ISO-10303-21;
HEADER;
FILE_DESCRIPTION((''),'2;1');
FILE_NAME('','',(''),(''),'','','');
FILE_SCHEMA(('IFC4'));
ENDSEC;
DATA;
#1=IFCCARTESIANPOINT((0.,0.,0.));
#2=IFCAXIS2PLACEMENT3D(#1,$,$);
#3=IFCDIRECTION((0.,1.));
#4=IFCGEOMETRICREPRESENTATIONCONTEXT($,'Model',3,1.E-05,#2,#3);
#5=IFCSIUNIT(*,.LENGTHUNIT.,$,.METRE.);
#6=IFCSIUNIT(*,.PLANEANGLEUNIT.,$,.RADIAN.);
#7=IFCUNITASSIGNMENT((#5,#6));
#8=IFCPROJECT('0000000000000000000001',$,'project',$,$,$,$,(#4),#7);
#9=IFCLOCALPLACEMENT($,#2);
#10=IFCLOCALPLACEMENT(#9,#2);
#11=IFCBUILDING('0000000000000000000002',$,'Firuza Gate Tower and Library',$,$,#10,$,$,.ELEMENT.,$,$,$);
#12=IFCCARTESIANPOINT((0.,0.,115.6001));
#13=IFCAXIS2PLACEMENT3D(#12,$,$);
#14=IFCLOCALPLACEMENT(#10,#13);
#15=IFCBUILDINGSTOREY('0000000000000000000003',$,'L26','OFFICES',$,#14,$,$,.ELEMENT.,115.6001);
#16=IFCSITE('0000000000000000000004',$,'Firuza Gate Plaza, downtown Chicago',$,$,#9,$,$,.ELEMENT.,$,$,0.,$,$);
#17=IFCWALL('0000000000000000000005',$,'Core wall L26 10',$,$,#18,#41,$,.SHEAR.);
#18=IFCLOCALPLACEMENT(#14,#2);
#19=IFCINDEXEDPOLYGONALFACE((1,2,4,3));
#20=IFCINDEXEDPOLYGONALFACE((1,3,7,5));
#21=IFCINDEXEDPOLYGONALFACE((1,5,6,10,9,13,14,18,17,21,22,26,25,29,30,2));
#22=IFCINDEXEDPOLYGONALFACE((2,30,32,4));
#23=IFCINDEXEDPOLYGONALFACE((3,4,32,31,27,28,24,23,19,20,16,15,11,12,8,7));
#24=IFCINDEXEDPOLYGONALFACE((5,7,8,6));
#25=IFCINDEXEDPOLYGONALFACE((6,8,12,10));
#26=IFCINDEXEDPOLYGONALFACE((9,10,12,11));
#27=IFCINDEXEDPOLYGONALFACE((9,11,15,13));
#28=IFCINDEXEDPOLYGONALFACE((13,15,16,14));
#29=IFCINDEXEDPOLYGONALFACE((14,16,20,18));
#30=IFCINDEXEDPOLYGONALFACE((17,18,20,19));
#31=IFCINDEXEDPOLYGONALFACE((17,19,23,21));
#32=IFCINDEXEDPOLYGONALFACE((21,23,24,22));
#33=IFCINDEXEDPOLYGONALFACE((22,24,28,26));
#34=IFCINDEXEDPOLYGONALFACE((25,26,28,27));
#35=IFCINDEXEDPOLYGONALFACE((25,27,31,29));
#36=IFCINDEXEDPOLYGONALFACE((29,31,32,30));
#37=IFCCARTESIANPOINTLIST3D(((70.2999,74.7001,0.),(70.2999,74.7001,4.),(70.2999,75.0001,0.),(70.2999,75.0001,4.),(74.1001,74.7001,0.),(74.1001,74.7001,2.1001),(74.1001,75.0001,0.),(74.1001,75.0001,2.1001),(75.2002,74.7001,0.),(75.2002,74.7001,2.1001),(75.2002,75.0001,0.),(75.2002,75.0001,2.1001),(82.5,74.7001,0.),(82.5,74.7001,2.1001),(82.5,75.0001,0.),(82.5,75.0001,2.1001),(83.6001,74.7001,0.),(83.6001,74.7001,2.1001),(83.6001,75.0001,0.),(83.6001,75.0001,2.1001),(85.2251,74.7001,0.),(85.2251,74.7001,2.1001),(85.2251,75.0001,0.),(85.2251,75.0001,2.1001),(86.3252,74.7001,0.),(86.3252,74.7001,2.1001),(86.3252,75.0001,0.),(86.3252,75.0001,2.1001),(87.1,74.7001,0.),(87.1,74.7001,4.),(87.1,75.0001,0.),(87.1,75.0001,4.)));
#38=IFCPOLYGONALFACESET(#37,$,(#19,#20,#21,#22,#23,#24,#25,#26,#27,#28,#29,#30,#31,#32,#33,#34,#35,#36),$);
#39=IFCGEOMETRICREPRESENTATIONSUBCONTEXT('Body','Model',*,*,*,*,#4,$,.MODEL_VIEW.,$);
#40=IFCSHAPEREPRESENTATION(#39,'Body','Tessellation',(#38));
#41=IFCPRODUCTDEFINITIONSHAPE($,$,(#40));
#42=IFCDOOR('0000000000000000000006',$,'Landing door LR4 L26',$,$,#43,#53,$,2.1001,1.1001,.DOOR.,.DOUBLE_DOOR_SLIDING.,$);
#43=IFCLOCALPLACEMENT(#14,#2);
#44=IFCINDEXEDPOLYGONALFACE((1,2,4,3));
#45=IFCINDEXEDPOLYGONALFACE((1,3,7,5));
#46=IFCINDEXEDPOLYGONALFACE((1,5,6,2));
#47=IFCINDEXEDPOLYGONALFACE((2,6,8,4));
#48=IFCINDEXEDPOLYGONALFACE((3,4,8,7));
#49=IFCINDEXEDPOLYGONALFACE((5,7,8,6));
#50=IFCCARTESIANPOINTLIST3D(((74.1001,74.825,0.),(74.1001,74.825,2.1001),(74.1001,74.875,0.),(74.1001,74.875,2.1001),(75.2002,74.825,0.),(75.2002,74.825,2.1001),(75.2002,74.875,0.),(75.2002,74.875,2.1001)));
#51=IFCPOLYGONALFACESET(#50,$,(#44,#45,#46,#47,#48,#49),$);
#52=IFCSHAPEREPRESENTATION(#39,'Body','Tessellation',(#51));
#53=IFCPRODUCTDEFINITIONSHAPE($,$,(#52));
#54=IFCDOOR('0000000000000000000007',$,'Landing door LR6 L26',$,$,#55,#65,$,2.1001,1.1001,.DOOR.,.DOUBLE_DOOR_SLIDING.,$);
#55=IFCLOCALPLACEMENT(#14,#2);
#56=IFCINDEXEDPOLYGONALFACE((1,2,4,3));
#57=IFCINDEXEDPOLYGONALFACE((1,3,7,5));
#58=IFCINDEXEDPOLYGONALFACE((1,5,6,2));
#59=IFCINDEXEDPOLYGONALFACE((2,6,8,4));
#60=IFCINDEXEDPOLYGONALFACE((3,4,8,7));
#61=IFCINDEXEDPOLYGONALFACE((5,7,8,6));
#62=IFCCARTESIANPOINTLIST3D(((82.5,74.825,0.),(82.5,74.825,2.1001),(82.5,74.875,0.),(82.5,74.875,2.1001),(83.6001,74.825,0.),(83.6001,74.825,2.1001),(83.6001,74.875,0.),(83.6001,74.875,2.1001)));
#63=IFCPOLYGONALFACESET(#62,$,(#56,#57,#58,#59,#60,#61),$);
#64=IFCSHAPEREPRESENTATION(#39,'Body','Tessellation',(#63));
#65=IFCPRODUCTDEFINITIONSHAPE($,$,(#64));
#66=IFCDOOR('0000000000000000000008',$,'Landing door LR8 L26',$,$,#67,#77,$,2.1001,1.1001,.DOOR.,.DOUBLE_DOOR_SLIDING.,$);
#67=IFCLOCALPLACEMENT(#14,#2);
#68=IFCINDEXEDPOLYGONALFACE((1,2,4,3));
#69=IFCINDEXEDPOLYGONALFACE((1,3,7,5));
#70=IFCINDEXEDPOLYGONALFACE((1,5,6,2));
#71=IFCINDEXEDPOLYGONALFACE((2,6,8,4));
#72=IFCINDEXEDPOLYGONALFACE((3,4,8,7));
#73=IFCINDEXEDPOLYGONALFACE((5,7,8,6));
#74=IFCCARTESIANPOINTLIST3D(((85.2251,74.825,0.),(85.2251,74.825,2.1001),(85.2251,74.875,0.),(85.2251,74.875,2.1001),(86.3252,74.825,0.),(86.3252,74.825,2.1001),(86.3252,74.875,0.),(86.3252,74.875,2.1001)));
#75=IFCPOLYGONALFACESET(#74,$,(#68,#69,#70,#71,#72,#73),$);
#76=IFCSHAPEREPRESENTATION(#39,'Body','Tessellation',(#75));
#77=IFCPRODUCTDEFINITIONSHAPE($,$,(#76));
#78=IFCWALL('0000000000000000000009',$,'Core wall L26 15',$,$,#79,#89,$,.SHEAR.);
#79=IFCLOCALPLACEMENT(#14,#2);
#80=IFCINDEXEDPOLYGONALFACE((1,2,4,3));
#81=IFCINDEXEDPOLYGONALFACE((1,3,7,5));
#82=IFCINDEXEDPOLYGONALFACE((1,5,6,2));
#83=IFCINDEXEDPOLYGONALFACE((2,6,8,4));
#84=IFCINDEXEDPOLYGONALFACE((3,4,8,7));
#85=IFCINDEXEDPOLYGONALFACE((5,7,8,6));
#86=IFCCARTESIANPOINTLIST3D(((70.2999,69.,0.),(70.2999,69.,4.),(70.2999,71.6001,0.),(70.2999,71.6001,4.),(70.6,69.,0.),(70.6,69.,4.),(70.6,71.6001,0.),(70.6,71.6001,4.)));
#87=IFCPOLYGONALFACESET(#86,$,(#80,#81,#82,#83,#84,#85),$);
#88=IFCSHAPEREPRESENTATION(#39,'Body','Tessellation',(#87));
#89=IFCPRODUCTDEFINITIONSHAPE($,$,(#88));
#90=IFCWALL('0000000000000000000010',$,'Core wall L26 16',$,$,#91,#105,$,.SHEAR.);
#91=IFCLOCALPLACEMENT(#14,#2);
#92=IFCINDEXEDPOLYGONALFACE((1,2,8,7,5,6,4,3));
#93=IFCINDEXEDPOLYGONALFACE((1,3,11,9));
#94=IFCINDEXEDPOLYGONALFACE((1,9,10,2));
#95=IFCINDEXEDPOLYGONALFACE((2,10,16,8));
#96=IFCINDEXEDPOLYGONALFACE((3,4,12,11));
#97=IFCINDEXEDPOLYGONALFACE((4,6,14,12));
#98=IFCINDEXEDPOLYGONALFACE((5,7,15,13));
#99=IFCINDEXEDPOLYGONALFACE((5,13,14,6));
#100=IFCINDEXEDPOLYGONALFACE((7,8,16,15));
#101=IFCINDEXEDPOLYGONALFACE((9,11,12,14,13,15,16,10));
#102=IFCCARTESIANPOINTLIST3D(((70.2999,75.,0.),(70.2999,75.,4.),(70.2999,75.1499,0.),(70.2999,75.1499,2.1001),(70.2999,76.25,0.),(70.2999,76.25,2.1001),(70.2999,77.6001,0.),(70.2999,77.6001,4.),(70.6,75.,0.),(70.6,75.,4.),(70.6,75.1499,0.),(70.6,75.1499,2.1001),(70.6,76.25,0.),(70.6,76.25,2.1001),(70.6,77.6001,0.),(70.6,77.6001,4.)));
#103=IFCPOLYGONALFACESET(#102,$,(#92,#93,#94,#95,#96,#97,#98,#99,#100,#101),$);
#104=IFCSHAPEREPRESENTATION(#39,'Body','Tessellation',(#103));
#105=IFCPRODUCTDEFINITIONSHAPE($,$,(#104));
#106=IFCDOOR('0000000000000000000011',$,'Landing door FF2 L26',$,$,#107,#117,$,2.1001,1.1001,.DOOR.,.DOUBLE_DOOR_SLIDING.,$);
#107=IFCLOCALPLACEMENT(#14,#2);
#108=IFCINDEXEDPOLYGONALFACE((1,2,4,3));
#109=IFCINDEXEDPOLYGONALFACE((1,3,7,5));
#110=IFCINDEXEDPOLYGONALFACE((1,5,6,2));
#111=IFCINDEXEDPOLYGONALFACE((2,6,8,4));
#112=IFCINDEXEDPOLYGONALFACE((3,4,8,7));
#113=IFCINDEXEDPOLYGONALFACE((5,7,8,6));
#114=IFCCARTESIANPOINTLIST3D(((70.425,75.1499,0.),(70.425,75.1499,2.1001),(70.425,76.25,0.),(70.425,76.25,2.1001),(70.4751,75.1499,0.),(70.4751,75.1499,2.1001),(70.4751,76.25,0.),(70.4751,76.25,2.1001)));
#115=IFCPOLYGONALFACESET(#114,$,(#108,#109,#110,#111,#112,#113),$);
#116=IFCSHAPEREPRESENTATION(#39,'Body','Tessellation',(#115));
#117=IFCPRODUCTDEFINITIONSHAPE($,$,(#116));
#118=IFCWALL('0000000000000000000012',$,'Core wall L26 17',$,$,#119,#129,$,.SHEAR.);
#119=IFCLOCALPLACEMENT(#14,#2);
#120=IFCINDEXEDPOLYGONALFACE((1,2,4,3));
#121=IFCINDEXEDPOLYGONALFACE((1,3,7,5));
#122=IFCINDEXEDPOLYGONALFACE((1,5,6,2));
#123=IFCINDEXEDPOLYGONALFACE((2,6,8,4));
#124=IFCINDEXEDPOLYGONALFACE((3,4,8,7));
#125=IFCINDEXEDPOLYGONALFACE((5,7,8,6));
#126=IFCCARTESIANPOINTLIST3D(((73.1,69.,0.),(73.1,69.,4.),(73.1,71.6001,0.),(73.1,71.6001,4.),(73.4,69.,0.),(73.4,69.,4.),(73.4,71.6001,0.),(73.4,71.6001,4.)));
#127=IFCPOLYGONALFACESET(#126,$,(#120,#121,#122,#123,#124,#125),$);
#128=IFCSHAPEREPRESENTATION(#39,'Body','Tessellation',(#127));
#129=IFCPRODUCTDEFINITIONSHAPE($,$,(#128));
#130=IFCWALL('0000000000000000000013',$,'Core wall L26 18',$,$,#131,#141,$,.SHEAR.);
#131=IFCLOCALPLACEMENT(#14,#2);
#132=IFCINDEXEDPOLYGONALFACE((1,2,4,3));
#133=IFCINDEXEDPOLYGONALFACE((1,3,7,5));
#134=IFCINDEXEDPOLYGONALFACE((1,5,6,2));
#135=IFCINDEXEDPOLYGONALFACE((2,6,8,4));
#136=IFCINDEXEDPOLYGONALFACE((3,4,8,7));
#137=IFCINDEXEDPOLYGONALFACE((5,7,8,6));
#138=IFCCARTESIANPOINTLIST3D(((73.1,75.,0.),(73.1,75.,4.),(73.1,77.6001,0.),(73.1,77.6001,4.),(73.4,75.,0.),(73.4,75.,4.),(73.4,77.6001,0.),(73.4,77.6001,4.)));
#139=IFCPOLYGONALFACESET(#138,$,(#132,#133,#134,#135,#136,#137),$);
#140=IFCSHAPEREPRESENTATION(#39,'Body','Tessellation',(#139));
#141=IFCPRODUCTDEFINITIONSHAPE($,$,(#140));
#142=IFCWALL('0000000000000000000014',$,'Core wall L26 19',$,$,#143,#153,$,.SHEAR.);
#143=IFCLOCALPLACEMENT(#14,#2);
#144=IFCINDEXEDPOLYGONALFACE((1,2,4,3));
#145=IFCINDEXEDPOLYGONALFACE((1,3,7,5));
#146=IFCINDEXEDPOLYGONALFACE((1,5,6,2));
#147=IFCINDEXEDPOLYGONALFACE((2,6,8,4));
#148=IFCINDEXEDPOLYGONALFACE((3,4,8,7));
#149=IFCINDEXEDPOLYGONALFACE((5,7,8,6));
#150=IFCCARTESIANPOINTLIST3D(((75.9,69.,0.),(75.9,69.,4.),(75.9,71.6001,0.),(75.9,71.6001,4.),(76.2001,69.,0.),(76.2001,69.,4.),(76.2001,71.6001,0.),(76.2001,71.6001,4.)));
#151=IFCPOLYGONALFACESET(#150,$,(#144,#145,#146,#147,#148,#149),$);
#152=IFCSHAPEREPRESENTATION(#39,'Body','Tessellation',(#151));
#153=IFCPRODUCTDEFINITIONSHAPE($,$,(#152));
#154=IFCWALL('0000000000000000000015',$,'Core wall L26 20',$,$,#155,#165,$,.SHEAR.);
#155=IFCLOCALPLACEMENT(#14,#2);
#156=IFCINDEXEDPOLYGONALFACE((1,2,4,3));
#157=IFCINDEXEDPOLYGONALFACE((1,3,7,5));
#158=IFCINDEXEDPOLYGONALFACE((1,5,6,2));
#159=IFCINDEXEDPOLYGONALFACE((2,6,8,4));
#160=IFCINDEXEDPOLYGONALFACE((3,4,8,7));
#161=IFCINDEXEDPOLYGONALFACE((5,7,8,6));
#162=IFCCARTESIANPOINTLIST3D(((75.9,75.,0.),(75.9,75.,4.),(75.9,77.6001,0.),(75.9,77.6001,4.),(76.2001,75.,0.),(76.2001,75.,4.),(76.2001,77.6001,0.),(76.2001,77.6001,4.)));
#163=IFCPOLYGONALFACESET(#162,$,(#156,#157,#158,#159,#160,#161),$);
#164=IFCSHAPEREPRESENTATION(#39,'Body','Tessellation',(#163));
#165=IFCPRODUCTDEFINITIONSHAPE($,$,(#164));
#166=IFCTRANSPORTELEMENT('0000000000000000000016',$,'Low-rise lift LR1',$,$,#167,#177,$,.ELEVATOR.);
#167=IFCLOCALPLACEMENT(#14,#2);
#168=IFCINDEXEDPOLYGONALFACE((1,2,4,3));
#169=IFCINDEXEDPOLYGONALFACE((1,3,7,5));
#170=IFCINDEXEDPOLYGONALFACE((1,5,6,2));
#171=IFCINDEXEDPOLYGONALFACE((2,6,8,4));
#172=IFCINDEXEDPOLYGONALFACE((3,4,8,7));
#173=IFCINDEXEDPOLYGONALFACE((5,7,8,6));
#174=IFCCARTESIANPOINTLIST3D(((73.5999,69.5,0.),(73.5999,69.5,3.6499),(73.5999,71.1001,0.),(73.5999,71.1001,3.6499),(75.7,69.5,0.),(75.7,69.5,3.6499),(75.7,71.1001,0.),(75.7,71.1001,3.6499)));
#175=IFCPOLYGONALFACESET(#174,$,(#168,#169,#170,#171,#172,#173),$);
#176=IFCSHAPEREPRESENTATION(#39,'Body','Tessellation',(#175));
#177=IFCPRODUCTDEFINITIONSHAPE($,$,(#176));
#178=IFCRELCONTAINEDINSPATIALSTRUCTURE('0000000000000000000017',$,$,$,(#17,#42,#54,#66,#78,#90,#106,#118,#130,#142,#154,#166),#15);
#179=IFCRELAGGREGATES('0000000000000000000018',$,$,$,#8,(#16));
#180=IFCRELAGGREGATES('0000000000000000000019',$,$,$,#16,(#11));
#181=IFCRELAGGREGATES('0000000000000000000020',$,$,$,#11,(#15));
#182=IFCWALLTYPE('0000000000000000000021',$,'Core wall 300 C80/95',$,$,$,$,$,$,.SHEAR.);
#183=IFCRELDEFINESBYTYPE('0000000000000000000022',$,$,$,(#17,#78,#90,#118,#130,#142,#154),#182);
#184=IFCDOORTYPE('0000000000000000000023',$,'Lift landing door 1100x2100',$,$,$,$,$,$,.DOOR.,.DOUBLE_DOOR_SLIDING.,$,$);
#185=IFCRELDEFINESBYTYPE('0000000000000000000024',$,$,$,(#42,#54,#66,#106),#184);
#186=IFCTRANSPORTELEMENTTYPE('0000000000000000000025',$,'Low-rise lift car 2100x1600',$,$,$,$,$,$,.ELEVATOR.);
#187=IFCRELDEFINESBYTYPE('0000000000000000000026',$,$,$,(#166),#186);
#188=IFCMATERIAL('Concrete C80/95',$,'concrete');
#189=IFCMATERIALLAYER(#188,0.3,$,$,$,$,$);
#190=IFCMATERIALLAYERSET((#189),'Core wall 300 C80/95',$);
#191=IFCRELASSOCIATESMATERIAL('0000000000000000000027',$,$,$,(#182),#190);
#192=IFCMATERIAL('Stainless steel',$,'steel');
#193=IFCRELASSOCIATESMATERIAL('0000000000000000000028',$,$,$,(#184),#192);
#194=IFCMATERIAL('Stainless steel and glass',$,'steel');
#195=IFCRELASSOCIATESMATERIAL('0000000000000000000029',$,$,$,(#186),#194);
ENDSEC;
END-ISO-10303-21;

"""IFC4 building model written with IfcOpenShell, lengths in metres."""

from ifc_helpers import new_model, si_unit, direction, frame, frame_2d, origin, origin_2d, place, context, subcontext, project, spatial, rectangle, extrude, material, layer, layer_set, type_object, element, fill, save


model = new_model("IFC4")

# Units and contexts
model_context = context("Model", 3, precision=1e-05, world=origin(), true_north=direction((0.0, 1.0)))
body_context = subcontext(model_context, "Body", "Model", "MODEL_VIEW")
ifc_project = project(units=[si_unit("LENGTHUNIT", "METRE"), si_unit("PLANEANGLEUNIT", "RADIAN")], contexts=[model_context])

# Site, building, storey
site_placement = place(None, origin())
site = spatial("IfcSite", under=ifc_project, at=site_placement, Name="Firuza Gate Plaza, downtown Chicago", CompositionType="ELEMENT", RefElevation=0.0)
building_placement = place(site_placement, origin())
building = spatial("IfcBuilding", under=site, at=building_placement, Name="Firuza Gate Tower and Library", CompositionType="ELEMENT")
storey_placement = place(building_placement, frame((0.0, 0.0, 115.6001)))
storey = spatial("IfcBuildingStorey", under=building, at=storey_placement, Name="L26", Description="OFFICES", CompositionType="ELEMENT", Elevation=115.6001)

# Shared definitions
ifc_material_1 = material(Name="Concrete C80/95", Category="concrete")
ifc_layer_1 = layer(ifc_material_1, 0.3)
ifc_layer_set_1 = layer_set([ifc_layer_1], Name="Core wall 300 C80/95")
wall_type_1 = type_object("IfcWallType", Name="Core wall 300 C80/95", PredefinedType="SHEAR", material=ifc_layer_set_1)

# Wall, openings, doors
ifc_material_2 = material(Name="Stainless steel", Category="steel")
door_type_1 = type_object("IfcDoorType", Name="Lift landing door 1100x2100", OperationType="DOUBLE_DOOR_SLIDING", PredefinedType="DOOR", material=ifc_material_2)
wall_1_placement = place(storey_placement, frame((70.3, 74.8501, 0.0), z_axis=(0.0, 0.0, 1.0), x_axis=(1.0, 0.0, 0.0)))
wall_1 = element("IfcWall", 1, at=wall_1_placement, inside=storey, type_object=wall_type_1, Name="Core wall L26 10", PredefinedType="SHEAR", context=body_context, shape_type="SweptSolid", body=[
    extrude(rectangle(XDim=16.8, YDim=0.3, at=frame_2d((8.3999, 0.0))), origin(), (0.0, 0.0, 1.0), 4.0),
])
opening_1_placement = place(wall_1_placement, frame((3.8, 0.0, 0.0)))
opening_1 = element("IfcOpeningElement", 2, at=opening_1_placement, cuts=wall_1, PredefinedType="OPENING", context=body_context, shape_type="SweptSolid", body=[
    extrude(rectangle(XDim=1.1001, YDim=2.1001, at=frame_2d((0.55, 1.05))), frame((0.0, 0.1602, 0.0), z_axis=(0.0, -1.0, 0.0), x_axis=(1.0, 0.0, 0.0)), (0.0, 0.0, 1.0), 0.3201),
])
opening_2_placement = place(wall_1_placement, frame((12.2, 0.0, 0.0)))
opening_2 = element("IfcOpeningElement", 3, at=opening_2_placement, cuts=wall_1, PredefinedType="OPENING", context=body_context, shape_type="SweptSolid", body=[
    extrude(rectangle(XDim=1.1001, YDim=2.1001, at=frame_2d((0.55, 1.05))), frame((0.0, 0.1602, 0.0), z_axis=(0.0, -1.0, 0.0), x_axis=(1.0, 0.0, 0.0)), (0.0, 0.0, 1.0), 0.3201),
])
opening_3_placement = place(wall_1_placement, frame((14.925, 0.0, 0.0)))
opening_3 = element("IfcOpeningElement", 4, at=opening_3_placement, cuts=wall_1, PredefinedType="OPENING", context=body_context, shape_type="SweptSolid", body=[
    extrude(rectangle(XDim=1.1001, YDim=2.1001, at=frame_2d((0.55, 1.05))), frame((0.0, 0.1602, 0.0), z_axis=(0.0, -1.0, 0.0), x_axis=(1.0, 0.0, 0.0)), (0.0, 0.0, 1.0), 0.3201),
])
door_1_placement = place(opening_1_placement, origin())
door_1 = element("IfcDoor", 5, at=door_1_placement, inside=storey, type_object=door_type_1, Name="Landing door LR4 L26", OperationType="DOUBLE_DOOR_SLIDING", OverallHeight=2.1001, OverallWidth=1.1001, PredefinedType="DOOR", context=body_context, shape_type="SweptSolid", body=[
    extrude(rectangle(XDim=1.1001, YDim=2.1001, at=frame_2d((0.55, 1.05))), frame((0.0, 0.0249, 0.0), z_axis=(0.0, -1.0, 0.0), x_axis=(1.0, 0.0, 0.0)), (0.0, 0.0, 1.0), 0.05),
])
fill(opening_1, door_1)
door_2_placement = place(opening_2_placement, origin())
door_2 = element("IfcDoor", 6, at=door_2_placement, inside=storey, type_object=door_type_1, Name="Landing door LR6 L26", OperationType="DOUBLE_DOOR_SLIDING", OverallHeight=2.1001, OverallWidth=1.1001, PredefinedType="DOOR", context=body_context, shape_type="SweptSolid", body=[
    extrude(rectangle(XDim=1.1001, YDim=2.1001, at=frame_2d((0.55, 1.05))), frame((0.0, 0.0249, 0.0), z_axis=(0.0, -1.0, 0.0), x_axis=(1.0, 0.0, 0.0)), (0.0, 0.0, 1.0), 0.05),
])
fill(opening_2, door_2)
door_3_placement = place(opening_3_placement, origin())
door_3 = element("IfcDoor", 7, at=door_3_placement, inside=storey, type_object=door_type_1, Name="Landing door LR8 L26", OperationType="DOUBLE_DOOR_SLIDING", OverallHeight=2.1001, OverallWidth=1.1001, PredefinedType="DOOR", context=body_context, shape_type="SweptSolid", body=[
    extrude(rectangle(XDim=1.1001, YDim=2.1001, at=frame_2d((0.55, 1.05))), frame((0.0, 0.0249, 0.0), z_axis=(0.0, -1.0, 0.0), x_axis=(1.0, 0.0, 0.0)), (0.0, 0.0, 1.0), 0.05),
])
fill(opening_3, door_3)

# Wall
wall_2_placement = place(storey_placement, frame((70.45, 69.0, 0.0), z_axis=(0.0, 0.0, 1.0), x_axis=(0.0, 1.0, 0.0)))
element("IfcWall", 8, at=wall_2_placement, inside=storey, type_object=wall_type_1, Name="Core wall L26 15", PredefinedType="SHEAR", context=body_context, shape_type="SweptSolid", body=[
    extrude(rectangle(XDim=2.6001, YDim=0.3, at=frame_2d((1.3, 0.0))), origin(), (0.0, 0.0, 1.0), 4.0),
])

# Wall, opening, door
wall_3_placement = place(storey_placement, frame((70.45, 75.0, 0.0), z_axis=(0.0, 0.0, 1.0), x_axis=(0.0, 1.0, 0.0)))
wall_3 = element("IfcWall", 9, at=wall_3_placement, inside=storey, type_object=wall_type_1, Name="Core wall L26 16", PredefinedType="SHEAR", context=body_context, shape_type="SweptSolid", body=[
    extrude(rectangle(XDim=2.6001, YDim=0.3, at=frame_2d((1.3, 0.0))), origin(), (0.0, 0.0, 1.0), 4.0),
])
opening_4_placement = place(wall_3_placement, frame((0.1499, 0.0, 0.0)))
opening_4 = element("IfcOpeningElement", 10, at=opening_4_placement, cuts=wall_3, PredefinedType="OPENING", context=body_context, shape_type="SweptSolid", body=[
    extrude(rectangle(XDim=1.1001, YDim=2.1001, at=frame_2d((0.55, 1.05))), frame((0.0, 0.1602, 0.0), z_axis=(0.0, -1.0, 0.0), x_axis=(1.0, 0.0, 0.0)), (0.0, 0.0, 1.0), 0.3201),
])
door_4_placement = place(opening_4_placement, origin())
door_4 = element("IfcDoor", 11, at=door_4_placement, inside=storey, type_object=door_type_1, Name="Landing door FF2 L26", OperationType="DOUBLE_DOOR_SLIDING", OverallHeight=2.1001, OverallWidth=1.1001, PredefinedType="DOOR", context=body_context, shape_type="SweptSolid", body=[
    extrude(rectangle(XDim=1.1001, YDim=2.1001, at=frame_2d((0.55, 1.05))), frame((0.0, 0.0249, 0.0), z_axis=(0.0, -1.0, 0.0), x_axis=(1.0, 0.0, 0.0)), (0.0, 0.0, 1.0), 0.05),
])
fill(opening_4, door_4)

# Walls
for number, where, z_axis, x_axis, name in (
    (12, (73.25, 69.0, 0.0), (0.0, 0.0, 1.0), (0.0, 1.0, 0.0), "Core wall L26 17"),
    (13, (73.25, 75.0, 0.0), (0.0, 0.0, 1.0), (0.0, 1.0, 0.0), "Core wall L26 18"),
    (14, (76.05, 69.0, 0.0), (0.0, 0.0, 1.0), (0.0, 1.0, 0.0), "Core wall L26 19"),
    (15, (76.05, 75.0, 0.0), (0.0, 0.0, 1.0), (0.0, 1.0, 0.0), "Core wall L26 20"),
):
    element("IfcWall", number, at=place(storey_placement, frame(where, z_axis=z_axis, x_axis=x_axis)), inside=storey, type_object=wall_type_1, Name=name, PredefinedType="SHEAR", context=body_context, shape_type="SweptSolid", body=[
        extrude(rectangle(XDim=2.6001, YDim=0.3, at=frame_2d((1.3, 0.0))), origin(), (0.0, 0.0, 1.0), 4.0),
    ])

# Transport element
ifc_material_3 = material(Name="Stainless steel and glass", Category="steel")
transport_element_type = type_object("IfcTransportElementType", Name="Low-rise lift car 2100x1600", PredefinedType="ELEVATOR", material=ifc_material_3)
transport_element_placement = place(storey_placement, frame((74.6499, 70.3, 0.0), z_axis=(0.0, 0.0, 1.0), x_axis=(1.0, 0.0, 0.0)))
element("IfcTransportElement", 16, at=transport_element_placement, inside=storey, type_object=transport_element_type, Name="Low-rise lift LR1", PredefinedType="ELEVATOR", context=body_context, shape_type="SweptSolid", body=[
    extrude(rectangle(XDim=2.1001, YDim=1.6001, at=origin_2d()), origin(), (0.0, 0.0, 1.0), 3.6499),
])

save(model, "model.ifc")
